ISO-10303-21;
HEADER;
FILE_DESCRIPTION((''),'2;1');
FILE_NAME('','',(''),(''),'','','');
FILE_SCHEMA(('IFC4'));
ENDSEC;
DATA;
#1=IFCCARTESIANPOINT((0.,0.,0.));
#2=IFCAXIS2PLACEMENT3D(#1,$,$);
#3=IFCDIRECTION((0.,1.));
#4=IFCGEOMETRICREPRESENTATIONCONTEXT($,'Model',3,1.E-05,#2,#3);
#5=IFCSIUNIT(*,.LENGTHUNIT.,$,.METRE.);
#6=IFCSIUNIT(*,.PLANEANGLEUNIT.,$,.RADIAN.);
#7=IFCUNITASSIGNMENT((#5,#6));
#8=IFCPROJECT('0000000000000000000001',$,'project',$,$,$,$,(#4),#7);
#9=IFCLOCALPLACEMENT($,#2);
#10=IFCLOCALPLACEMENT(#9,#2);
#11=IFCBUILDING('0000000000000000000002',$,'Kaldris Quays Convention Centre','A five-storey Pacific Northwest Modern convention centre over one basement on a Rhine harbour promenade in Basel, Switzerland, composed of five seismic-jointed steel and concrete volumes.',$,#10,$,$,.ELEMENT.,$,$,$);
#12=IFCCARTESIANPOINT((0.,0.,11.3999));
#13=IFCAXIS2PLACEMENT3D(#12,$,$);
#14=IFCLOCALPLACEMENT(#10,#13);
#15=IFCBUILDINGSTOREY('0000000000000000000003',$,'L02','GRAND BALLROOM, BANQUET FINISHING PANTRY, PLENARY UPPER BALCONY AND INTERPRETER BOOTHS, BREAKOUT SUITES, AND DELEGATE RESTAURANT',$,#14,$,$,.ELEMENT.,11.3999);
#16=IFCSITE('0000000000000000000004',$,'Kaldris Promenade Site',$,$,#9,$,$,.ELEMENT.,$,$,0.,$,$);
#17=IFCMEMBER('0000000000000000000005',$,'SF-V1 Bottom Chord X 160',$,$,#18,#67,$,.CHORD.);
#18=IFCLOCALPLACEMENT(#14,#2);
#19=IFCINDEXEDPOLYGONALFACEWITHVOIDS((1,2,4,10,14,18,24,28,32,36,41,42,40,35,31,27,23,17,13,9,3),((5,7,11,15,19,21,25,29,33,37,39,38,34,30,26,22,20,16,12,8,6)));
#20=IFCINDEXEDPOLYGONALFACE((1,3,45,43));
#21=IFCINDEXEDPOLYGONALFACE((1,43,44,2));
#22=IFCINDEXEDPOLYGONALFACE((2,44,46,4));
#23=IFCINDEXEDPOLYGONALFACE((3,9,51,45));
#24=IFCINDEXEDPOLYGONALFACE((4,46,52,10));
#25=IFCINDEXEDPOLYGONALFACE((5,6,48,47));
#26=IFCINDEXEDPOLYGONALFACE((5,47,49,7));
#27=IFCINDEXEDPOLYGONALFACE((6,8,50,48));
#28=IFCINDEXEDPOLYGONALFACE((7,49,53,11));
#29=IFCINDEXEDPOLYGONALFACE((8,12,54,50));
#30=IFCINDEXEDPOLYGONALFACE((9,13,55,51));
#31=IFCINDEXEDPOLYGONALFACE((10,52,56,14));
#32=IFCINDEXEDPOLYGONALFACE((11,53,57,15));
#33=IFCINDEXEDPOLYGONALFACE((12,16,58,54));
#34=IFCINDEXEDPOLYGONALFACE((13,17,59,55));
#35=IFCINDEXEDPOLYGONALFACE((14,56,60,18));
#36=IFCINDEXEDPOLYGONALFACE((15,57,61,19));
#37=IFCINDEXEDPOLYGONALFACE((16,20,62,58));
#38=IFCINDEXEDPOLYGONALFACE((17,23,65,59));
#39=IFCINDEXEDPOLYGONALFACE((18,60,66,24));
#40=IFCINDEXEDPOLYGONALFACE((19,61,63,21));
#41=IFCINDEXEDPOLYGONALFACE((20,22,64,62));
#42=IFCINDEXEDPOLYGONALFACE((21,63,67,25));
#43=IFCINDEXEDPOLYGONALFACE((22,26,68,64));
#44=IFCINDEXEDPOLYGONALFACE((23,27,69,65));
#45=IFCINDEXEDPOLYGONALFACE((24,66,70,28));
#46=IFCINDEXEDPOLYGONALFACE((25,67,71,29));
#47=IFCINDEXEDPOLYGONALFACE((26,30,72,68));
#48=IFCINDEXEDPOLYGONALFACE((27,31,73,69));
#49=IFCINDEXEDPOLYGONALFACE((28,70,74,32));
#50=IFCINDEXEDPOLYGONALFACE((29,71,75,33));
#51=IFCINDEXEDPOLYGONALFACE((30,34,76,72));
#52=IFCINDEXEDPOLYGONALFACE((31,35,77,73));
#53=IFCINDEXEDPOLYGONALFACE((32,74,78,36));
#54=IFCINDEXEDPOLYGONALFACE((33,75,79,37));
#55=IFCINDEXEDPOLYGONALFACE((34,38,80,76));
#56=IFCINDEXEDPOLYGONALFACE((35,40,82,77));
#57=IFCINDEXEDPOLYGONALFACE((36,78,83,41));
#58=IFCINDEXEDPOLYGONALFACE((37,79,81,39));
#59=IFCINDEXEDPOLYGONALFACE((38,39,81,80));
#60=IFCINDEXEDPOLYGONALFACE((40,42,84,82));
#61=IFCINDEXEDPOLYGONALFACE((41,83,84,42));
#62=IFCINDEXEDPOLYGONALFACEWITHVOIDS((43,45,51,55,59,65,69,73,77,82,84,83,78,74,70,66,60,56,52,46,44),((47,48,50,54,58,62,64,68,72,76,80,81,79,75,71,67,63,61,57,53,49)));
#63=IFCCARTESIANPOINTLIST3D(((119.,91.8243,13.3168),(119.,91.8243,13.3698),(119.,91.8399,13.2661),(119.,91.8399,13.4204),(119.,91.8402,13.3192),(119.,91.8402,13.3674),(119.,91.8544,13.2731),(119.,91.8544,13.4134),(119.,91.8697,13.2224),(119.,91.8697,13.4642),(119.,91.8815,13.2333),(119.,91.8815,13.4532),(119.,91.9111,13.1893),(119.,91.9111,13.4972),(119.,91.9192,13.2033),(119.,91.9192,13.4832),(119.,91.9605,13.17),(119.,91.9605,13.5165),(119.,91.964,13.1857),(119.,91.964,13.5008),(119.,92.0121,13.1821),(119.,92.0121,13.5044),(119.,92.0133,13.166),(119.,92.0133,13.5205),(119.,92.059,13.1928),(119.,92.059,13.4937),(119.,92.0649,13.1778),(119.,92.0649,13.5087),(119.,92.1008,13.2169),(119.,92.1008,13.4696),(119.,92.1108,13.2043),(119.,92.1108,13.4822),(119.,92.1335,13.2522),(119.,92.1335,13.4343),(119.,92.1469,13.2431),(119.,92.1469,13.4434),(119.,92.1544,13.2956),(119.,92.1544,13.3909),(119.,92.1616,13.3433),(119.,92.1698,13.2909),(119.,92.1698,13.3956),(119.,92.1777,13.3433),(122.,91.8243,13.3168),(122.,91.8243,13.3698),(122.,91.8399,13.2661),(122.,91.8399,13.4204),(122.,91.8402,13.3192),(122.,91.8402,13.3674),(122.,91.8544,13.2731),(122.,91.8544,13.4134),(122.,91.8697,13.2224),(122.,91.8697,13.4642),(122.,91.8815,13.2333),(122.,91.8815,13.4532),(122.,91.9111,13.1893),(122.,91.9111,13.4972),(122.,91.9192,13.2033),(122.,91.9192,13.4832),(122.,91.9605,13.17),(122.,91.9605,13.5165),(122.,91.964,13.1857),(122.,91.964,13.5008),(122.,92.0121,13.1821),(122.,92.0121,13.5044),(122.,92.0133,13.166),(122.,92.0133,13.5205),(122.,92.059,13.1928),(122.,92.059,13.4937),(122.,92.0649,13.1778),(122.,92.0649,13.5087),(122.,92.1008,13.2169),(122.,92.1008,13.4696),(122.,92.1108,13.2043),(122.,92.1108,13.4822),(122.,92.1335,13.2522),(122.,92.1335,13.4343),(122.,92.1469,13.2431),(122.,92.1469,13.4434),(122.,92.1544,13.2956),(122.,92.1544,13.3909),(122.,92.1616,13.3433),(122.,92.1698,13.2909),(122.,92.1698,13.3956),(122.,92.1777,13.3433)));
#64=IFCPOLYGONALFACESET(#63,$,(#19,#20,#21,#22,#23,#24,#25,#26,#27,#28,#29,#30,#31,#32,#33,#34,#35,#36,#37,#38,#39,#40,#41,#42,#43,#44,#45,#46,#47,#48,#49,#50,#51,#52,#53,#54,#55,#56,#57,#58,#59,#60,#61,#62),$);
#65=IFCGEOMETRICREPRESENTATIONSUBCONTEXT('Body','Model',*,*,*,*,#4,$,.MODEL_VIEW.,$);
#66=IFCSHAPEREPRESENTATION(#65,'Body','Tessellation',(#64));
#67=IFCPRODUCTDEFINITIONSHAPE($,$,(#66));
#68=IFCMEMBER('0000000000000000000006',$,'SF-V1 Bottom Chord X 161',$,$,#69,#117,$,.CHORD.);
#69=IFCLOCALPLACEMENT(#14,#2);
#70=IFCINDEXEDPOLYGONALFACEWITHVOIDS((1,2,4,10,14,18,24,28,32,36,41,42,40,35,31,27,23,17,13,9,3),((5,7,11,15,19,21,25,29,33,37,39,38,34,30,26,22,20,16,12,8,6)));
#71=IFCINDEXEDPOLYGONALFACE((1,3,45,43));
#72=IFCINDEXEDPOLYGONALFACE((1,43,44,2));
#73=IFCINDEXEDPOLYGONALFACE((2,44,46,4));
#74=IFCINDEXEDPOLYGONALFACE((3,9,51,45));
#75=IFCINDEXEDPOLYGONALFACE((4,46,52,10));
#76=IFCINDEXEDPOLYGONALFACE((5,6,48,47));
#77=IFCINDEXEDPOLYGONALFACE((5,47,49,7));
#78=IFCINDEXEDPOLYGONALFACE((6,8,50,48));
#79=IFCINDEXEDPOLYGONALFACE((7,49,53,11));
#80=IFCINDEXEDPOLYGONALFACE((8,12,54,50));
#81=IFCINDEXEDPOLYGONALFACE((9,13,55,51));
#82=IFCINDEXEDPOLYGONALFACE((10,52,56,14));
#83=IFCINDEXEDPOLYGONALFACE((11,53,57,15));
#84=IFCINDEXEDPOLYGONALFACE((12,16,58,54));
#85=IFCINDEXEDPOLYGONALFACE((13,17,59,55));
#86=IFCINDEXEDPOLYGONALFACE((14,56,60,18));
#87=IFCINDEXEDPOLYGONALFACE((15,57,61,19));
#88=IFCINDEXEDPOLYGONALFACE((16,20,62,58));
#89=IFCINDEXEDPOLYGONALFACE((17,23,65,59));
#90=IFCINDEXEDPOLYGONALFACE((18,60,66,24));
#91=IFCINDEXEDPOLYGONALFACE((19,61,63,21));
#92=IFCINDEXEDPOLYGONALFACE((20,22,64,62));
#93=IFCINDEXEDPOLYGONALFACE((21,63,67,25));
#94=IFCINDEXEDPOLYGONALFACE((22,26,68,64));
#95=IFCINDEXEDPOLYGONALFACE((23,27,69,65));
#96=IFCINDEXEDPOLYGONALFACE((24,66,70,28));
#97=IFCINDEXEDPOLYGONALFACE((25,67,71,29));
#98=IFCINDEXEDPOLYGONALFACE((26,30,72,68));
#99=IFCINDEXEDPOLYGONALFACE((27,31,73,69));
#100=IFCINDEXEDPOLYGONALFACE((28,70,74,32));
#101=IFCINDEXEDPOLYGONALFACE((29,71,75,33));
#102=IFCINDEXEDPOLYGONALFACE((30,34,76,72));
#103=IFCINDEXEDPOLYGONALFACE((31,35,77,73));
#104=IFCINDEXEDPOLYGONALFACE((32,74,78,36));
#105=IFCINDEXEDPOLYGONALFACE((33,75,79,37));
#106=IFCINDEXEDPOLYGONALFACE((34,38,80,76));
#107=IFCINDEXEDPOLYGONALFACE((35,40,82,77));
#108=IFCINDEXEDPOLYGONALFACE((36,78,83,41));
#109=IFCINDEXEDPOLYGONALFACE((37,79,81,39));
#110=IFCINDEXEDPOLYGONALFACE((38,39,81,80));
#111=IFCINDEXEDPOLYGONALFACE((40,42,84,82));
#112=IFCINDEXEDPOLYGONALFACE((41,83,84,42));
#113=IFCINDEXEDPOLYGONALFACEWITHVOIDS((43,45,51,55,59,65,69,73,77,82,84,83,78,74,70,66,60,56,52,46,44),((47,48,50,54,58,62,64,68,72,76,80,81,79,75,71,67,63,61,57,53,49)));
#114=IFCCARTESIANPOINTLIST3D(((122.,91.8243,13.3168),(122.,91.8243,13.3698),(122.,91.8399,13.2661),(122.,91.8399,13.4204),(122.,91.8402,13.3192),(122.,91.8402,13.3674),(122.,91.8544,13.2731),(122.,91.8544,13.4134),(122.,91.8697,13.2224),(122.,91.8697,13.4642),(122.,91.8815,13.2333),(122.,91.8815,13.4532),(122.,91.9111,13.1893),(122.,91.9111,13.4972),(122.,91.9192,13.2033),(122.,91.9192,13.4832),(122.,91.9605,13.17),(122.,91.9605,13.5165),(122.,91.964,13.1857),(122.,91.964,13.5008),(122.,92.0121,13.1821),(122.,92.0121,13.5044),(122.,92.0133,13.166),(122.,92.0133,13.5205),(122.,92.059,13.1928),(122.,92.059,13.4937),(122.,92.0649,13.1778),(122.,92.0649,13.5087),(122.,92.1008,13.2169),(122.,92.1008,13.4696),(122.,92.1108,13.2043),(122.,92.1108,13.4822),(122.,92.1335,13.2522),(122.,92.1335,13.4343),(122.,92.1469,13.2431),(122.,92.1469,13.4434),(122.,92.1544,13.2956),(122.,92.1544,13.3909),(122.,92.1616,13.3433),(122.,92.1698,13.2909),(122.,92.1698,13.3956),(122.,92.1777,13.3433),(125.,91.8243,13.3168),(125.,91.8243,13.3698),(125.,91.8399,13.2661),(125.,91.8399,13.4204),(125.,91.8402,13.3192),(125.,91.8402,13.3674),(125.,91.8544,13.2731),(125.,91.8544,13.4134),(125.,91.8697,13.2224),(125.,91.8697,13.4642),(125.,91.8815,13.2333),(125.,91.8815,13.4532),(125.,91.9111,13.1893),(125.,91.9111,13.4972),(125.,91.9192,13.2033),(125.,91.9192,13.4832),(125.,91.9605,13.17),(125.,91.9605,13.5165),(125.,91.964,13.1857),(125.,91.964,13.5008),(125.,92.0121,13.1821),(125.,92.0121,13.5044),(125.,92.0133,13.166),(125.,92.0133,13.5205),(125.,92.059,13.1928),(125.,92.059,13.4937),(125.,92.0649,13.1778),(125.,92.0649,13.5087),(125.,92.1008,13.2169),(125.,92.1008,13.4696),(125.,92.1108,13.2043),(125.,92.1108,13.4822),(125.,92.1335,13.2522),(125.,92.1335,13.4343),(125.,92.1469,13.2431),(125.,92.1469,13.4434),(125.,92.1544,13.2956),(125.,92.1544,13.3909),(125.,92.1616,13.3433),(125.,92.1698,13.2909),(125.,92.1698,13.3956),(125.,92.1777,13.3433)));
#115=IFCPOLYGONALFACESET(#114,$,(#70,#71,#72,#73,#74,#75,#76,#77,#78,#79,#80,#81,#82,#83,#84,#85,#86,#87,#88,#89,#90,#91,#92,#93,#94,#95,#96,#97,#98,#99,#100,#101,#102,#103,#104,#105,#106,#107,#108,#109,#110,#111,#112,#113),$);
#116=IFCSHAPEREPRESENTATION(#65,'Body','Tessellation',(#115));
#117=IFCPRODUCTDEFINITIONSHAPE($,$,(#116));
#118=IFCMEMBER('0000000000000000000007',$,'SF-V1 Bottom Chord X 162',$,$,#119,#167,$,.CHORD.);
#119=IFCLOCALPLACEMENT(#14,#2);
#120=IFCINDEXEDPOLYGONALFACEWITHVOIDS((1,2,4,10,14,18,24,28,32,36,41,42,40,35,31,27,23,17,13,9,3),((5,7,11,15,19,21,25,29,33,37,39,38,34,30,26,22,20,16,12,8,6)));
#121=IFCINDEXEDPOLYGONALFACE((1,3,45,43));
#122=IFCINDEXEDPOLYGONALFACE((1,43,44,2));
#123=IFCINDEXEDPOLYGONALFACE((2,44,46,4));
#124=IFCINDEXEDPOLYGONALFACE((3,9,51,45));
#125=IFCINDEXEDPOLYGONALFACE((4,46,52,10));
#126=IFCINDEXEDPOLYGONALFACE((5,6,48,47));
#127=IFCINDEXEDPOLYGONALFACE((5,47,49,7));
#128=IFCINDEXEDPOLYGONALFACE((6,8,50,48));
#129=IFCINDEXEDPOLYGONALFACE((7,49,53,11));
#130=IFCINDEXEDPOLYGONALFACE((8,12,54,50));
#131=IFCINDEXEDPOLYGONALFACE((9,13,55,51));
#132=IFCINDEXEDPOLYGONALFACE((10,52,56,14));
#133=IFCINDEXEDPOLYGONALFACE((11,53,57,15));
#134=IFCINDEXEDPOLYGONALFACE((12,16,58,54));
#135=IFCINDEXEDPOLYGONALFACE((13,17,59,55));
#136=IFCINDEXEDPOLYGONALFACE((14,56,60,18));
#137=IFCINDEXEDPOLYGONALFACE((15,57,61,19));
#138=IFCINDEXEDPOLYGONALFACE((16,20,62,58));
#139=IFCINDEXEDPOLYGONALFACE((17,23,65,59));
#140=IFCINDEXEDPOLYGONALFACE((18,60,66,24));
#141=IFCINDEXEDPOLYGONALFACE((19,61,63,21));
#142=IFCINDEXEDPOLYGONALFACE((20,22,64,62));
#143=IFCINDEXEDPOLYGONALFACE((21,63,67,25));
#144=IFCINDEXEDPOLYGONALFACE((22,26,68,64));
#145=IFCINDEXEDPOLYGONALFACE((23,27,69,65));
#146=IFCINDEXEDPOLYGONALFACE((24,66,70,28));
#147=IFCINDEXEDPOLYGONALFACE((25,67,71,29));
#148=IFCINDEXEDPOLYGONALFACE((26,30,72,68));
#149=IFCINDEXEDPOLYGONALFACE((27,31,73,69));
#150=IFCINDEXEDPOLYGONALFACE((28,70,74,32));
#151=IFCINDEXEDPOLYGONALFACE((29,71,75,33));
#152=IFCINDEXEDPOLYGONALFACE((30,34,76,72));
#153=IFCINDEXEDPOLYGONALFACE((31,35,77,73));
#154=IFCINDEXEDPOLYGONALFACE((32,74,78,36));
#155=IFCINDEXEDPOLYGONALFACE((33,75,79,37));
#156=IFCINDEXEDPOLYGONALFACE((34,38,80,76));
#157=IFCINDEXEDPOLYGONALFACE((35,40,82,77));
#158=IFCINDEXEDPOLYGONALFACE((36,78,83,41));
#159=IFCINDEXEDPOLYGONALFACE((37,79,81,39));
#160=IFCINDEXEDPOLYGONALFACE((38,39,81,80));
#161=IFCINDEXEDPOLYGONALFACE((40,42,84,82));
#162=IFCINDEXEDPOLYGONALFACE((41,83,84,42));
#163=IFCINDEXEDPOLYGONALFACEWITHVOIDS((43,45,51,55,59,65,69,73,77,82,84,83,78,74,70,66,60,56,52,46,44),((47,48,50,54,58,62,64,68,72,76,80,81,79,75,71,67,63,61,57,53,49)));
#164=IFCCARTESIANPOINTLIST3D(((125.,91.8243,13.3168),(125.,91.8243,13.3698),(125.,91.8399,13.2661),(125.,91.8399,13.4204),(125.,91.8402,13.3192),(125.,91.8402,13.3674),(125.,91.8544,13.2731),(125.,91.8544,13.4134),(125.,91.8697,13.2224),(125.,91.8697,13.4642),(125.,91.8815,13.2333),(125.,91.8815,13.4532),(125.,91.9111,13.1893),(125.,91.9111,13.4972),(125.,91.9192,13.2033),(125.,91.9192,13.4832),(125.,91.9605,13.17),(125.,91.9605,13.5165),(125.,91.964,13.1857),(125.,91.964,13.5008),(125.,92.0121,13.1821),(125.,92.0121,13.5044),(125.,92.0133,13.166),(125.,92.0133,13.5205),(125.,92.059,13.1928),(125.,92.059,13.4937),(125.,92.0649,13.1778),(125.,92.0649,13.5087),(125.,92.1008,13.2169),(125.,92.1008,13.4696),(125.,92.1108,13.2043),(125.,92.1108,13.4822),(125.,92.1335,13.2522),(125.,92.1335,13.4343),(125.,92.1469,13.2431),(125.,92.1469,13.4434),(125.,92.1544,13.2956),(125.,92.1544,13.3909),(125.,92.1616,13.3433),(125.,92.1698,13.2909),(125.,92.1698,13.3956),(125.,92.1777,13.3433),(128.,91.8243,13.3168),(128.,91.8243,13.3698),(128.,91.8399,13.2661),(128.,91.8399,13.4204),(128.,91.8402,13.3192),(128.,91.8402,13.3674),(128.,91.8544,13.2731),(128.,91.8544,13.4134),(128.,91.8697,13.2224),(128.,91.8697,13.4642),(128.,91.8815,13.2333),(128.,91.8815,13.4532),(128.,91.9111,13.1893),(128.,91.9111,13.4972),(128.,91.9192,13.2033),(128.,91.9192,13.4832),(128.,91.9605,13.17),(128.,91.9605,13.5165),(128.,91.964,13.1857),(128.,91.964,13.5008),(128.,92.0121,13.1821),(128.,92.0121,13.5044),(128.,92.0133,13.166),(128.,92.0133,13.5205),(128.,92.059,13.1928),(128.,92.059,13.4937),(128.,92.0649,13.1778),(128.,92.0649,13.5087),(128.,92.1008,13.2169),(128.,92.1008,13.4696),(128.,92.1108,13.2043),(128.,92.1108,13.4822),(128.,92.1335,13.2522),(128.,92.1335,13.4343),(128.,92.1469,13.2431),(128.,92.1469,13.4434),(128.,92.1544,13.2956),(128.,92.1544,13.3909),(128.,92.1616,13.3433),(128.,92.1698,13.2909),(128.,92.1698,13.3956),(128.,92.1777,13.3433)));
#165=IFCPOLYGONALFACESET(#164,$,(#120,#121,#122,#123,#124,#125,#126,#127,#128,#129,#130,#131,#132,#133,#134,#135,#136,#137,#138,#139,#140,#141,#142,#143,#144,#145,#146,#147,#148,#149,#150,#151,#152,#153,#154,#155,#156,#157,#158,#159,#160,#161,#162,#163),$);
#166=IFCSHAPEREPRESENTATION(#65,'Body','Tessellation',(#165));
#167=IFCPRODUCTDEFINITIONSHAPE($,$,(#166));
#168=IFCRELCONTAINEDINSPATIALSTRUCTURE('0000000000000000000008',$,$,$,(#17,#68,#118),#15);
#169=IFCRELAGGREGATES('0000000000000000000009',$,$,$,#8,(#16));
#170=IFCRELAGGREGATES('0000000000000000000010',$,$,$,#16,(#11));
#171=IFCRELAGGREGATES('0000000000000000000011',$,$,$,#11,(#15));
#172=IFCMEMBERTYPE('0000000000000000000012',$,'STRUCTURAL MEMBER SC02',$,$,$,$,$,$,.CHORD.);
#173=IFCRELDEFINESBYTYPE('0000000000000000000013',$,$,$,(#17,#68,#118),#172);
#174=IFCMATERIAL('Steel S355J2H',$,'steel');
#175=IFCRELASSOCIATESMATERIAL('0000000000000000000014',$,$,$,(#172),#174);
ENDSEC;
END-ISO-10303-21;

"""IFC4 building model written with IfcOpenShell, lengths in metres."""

from ifc_helpers import new_model, si_unit, direction, frame, origin, origin_2d, place, context, subcontext, project, spatial, hollow_circle, extrude, material, material_profile, profile_set, type_object, element, save


model = new_model("IFC4")

# Units and contexts
model_context = context("Model", 3, precision=1e-05, world=origin(), true_north=direction((0.0, 1.0)))
body_context = subcontext(model_context, "Body", "Model", "MODEL_VIEW")
ifc_project = project(units=[si_unit("LENGTHUNIT", "METRE"), si_unit("PLANEANGLEUNIT", "RADIAN")], contexts=[model_context])

# Site, building, storey
site_placement = place(None, origin())
site = spatial("IfcSite", under=ifc_project, at=site_placement, Name="Kaldris Promenade Site", CompositionType="ELEMENT", RefElevation=0.0)
building_placement = place(site_placement, origin())
building = spatial("IfcBuilding", under=site, at=building_placement, Name="Kaldris Quays Convention Centre", Description="A five-storey Pacific Northwest Modern convention centre over one basement on a Rhine harbour promenade in Basel, Switzerland, composed of five seismic-jointed steel and concrete volumes.", CompositionType="ELEMENT")
storey_placement = place(building_placement, frame((0.0, 0.0, 11.3999)))
storey = spatial("IfcBuildingStorey", under=building, at=storey_placement, Name="L02", Description="GRAND BALLROOM, BANQUET FINISHING PANTRY, PLENARY UPPER BALCONY AND INTERPRETER BOOTHS, BREAKOUT SUITES, AND DELEGATE RESTAURANT", CompositionType="ELEMENT", Elevation=11.3999)

# Members
ifc_material_1 = material(Name="Steel S355J2H", Category="steel")
ifc_material_profile_1 = material_profile(ifc_material_1, hollow_circle(Radius=0.1777, WallThickness=0.0161, at=origin_2d()), Name="CHS 355.6x16")
ifc_profile_set_1 = profile_set([ifc_material_profile_1], Name="Steel S355J2H")
member_type_1 = type_object("IfcMemberType", Name="STRUCTURAL MEMBER SC02", PredefinedType="CHORD", material=ifc_profile_set_1)
for number, where, z_axis, x_axis, name in (
    (1, (119.0, 92.0, 13.3433), (1.0, 0.0, 0.0), (0.0, 1.0, 0.0), "SF-V1 Bottom Chord X 160"),
    (2, (122.0, 92.0, 13.3433), (1.0, 0.0, 0.0), (0.0, 1.0, 0.0), "SF-V1 Bottom Chord X 161"),
    (3, (125.0, 92.0, 13.3433), (1.0, 0.0, 0.0), (0.0, 1.0, 0.0), "SF-V1 Bottom Chord X 162"),
):
    element("IfcMember", number, at=place(storey_placement, frame(where, z_axis=z_axis, x_axis=x_axis)), inside=storey, type_object=member_type_1, Name=name, PredefinedType="CHORD", context=body_context, shape_type="SweptSolid", body=[
        extrude(hollow_circle(Radius=0.1777, WallThickness=0.0161, at=origin_2d()), origin(), (0.0, 0.0, 1.0), 3.0),
    ])

save(model, "model.ifc")
